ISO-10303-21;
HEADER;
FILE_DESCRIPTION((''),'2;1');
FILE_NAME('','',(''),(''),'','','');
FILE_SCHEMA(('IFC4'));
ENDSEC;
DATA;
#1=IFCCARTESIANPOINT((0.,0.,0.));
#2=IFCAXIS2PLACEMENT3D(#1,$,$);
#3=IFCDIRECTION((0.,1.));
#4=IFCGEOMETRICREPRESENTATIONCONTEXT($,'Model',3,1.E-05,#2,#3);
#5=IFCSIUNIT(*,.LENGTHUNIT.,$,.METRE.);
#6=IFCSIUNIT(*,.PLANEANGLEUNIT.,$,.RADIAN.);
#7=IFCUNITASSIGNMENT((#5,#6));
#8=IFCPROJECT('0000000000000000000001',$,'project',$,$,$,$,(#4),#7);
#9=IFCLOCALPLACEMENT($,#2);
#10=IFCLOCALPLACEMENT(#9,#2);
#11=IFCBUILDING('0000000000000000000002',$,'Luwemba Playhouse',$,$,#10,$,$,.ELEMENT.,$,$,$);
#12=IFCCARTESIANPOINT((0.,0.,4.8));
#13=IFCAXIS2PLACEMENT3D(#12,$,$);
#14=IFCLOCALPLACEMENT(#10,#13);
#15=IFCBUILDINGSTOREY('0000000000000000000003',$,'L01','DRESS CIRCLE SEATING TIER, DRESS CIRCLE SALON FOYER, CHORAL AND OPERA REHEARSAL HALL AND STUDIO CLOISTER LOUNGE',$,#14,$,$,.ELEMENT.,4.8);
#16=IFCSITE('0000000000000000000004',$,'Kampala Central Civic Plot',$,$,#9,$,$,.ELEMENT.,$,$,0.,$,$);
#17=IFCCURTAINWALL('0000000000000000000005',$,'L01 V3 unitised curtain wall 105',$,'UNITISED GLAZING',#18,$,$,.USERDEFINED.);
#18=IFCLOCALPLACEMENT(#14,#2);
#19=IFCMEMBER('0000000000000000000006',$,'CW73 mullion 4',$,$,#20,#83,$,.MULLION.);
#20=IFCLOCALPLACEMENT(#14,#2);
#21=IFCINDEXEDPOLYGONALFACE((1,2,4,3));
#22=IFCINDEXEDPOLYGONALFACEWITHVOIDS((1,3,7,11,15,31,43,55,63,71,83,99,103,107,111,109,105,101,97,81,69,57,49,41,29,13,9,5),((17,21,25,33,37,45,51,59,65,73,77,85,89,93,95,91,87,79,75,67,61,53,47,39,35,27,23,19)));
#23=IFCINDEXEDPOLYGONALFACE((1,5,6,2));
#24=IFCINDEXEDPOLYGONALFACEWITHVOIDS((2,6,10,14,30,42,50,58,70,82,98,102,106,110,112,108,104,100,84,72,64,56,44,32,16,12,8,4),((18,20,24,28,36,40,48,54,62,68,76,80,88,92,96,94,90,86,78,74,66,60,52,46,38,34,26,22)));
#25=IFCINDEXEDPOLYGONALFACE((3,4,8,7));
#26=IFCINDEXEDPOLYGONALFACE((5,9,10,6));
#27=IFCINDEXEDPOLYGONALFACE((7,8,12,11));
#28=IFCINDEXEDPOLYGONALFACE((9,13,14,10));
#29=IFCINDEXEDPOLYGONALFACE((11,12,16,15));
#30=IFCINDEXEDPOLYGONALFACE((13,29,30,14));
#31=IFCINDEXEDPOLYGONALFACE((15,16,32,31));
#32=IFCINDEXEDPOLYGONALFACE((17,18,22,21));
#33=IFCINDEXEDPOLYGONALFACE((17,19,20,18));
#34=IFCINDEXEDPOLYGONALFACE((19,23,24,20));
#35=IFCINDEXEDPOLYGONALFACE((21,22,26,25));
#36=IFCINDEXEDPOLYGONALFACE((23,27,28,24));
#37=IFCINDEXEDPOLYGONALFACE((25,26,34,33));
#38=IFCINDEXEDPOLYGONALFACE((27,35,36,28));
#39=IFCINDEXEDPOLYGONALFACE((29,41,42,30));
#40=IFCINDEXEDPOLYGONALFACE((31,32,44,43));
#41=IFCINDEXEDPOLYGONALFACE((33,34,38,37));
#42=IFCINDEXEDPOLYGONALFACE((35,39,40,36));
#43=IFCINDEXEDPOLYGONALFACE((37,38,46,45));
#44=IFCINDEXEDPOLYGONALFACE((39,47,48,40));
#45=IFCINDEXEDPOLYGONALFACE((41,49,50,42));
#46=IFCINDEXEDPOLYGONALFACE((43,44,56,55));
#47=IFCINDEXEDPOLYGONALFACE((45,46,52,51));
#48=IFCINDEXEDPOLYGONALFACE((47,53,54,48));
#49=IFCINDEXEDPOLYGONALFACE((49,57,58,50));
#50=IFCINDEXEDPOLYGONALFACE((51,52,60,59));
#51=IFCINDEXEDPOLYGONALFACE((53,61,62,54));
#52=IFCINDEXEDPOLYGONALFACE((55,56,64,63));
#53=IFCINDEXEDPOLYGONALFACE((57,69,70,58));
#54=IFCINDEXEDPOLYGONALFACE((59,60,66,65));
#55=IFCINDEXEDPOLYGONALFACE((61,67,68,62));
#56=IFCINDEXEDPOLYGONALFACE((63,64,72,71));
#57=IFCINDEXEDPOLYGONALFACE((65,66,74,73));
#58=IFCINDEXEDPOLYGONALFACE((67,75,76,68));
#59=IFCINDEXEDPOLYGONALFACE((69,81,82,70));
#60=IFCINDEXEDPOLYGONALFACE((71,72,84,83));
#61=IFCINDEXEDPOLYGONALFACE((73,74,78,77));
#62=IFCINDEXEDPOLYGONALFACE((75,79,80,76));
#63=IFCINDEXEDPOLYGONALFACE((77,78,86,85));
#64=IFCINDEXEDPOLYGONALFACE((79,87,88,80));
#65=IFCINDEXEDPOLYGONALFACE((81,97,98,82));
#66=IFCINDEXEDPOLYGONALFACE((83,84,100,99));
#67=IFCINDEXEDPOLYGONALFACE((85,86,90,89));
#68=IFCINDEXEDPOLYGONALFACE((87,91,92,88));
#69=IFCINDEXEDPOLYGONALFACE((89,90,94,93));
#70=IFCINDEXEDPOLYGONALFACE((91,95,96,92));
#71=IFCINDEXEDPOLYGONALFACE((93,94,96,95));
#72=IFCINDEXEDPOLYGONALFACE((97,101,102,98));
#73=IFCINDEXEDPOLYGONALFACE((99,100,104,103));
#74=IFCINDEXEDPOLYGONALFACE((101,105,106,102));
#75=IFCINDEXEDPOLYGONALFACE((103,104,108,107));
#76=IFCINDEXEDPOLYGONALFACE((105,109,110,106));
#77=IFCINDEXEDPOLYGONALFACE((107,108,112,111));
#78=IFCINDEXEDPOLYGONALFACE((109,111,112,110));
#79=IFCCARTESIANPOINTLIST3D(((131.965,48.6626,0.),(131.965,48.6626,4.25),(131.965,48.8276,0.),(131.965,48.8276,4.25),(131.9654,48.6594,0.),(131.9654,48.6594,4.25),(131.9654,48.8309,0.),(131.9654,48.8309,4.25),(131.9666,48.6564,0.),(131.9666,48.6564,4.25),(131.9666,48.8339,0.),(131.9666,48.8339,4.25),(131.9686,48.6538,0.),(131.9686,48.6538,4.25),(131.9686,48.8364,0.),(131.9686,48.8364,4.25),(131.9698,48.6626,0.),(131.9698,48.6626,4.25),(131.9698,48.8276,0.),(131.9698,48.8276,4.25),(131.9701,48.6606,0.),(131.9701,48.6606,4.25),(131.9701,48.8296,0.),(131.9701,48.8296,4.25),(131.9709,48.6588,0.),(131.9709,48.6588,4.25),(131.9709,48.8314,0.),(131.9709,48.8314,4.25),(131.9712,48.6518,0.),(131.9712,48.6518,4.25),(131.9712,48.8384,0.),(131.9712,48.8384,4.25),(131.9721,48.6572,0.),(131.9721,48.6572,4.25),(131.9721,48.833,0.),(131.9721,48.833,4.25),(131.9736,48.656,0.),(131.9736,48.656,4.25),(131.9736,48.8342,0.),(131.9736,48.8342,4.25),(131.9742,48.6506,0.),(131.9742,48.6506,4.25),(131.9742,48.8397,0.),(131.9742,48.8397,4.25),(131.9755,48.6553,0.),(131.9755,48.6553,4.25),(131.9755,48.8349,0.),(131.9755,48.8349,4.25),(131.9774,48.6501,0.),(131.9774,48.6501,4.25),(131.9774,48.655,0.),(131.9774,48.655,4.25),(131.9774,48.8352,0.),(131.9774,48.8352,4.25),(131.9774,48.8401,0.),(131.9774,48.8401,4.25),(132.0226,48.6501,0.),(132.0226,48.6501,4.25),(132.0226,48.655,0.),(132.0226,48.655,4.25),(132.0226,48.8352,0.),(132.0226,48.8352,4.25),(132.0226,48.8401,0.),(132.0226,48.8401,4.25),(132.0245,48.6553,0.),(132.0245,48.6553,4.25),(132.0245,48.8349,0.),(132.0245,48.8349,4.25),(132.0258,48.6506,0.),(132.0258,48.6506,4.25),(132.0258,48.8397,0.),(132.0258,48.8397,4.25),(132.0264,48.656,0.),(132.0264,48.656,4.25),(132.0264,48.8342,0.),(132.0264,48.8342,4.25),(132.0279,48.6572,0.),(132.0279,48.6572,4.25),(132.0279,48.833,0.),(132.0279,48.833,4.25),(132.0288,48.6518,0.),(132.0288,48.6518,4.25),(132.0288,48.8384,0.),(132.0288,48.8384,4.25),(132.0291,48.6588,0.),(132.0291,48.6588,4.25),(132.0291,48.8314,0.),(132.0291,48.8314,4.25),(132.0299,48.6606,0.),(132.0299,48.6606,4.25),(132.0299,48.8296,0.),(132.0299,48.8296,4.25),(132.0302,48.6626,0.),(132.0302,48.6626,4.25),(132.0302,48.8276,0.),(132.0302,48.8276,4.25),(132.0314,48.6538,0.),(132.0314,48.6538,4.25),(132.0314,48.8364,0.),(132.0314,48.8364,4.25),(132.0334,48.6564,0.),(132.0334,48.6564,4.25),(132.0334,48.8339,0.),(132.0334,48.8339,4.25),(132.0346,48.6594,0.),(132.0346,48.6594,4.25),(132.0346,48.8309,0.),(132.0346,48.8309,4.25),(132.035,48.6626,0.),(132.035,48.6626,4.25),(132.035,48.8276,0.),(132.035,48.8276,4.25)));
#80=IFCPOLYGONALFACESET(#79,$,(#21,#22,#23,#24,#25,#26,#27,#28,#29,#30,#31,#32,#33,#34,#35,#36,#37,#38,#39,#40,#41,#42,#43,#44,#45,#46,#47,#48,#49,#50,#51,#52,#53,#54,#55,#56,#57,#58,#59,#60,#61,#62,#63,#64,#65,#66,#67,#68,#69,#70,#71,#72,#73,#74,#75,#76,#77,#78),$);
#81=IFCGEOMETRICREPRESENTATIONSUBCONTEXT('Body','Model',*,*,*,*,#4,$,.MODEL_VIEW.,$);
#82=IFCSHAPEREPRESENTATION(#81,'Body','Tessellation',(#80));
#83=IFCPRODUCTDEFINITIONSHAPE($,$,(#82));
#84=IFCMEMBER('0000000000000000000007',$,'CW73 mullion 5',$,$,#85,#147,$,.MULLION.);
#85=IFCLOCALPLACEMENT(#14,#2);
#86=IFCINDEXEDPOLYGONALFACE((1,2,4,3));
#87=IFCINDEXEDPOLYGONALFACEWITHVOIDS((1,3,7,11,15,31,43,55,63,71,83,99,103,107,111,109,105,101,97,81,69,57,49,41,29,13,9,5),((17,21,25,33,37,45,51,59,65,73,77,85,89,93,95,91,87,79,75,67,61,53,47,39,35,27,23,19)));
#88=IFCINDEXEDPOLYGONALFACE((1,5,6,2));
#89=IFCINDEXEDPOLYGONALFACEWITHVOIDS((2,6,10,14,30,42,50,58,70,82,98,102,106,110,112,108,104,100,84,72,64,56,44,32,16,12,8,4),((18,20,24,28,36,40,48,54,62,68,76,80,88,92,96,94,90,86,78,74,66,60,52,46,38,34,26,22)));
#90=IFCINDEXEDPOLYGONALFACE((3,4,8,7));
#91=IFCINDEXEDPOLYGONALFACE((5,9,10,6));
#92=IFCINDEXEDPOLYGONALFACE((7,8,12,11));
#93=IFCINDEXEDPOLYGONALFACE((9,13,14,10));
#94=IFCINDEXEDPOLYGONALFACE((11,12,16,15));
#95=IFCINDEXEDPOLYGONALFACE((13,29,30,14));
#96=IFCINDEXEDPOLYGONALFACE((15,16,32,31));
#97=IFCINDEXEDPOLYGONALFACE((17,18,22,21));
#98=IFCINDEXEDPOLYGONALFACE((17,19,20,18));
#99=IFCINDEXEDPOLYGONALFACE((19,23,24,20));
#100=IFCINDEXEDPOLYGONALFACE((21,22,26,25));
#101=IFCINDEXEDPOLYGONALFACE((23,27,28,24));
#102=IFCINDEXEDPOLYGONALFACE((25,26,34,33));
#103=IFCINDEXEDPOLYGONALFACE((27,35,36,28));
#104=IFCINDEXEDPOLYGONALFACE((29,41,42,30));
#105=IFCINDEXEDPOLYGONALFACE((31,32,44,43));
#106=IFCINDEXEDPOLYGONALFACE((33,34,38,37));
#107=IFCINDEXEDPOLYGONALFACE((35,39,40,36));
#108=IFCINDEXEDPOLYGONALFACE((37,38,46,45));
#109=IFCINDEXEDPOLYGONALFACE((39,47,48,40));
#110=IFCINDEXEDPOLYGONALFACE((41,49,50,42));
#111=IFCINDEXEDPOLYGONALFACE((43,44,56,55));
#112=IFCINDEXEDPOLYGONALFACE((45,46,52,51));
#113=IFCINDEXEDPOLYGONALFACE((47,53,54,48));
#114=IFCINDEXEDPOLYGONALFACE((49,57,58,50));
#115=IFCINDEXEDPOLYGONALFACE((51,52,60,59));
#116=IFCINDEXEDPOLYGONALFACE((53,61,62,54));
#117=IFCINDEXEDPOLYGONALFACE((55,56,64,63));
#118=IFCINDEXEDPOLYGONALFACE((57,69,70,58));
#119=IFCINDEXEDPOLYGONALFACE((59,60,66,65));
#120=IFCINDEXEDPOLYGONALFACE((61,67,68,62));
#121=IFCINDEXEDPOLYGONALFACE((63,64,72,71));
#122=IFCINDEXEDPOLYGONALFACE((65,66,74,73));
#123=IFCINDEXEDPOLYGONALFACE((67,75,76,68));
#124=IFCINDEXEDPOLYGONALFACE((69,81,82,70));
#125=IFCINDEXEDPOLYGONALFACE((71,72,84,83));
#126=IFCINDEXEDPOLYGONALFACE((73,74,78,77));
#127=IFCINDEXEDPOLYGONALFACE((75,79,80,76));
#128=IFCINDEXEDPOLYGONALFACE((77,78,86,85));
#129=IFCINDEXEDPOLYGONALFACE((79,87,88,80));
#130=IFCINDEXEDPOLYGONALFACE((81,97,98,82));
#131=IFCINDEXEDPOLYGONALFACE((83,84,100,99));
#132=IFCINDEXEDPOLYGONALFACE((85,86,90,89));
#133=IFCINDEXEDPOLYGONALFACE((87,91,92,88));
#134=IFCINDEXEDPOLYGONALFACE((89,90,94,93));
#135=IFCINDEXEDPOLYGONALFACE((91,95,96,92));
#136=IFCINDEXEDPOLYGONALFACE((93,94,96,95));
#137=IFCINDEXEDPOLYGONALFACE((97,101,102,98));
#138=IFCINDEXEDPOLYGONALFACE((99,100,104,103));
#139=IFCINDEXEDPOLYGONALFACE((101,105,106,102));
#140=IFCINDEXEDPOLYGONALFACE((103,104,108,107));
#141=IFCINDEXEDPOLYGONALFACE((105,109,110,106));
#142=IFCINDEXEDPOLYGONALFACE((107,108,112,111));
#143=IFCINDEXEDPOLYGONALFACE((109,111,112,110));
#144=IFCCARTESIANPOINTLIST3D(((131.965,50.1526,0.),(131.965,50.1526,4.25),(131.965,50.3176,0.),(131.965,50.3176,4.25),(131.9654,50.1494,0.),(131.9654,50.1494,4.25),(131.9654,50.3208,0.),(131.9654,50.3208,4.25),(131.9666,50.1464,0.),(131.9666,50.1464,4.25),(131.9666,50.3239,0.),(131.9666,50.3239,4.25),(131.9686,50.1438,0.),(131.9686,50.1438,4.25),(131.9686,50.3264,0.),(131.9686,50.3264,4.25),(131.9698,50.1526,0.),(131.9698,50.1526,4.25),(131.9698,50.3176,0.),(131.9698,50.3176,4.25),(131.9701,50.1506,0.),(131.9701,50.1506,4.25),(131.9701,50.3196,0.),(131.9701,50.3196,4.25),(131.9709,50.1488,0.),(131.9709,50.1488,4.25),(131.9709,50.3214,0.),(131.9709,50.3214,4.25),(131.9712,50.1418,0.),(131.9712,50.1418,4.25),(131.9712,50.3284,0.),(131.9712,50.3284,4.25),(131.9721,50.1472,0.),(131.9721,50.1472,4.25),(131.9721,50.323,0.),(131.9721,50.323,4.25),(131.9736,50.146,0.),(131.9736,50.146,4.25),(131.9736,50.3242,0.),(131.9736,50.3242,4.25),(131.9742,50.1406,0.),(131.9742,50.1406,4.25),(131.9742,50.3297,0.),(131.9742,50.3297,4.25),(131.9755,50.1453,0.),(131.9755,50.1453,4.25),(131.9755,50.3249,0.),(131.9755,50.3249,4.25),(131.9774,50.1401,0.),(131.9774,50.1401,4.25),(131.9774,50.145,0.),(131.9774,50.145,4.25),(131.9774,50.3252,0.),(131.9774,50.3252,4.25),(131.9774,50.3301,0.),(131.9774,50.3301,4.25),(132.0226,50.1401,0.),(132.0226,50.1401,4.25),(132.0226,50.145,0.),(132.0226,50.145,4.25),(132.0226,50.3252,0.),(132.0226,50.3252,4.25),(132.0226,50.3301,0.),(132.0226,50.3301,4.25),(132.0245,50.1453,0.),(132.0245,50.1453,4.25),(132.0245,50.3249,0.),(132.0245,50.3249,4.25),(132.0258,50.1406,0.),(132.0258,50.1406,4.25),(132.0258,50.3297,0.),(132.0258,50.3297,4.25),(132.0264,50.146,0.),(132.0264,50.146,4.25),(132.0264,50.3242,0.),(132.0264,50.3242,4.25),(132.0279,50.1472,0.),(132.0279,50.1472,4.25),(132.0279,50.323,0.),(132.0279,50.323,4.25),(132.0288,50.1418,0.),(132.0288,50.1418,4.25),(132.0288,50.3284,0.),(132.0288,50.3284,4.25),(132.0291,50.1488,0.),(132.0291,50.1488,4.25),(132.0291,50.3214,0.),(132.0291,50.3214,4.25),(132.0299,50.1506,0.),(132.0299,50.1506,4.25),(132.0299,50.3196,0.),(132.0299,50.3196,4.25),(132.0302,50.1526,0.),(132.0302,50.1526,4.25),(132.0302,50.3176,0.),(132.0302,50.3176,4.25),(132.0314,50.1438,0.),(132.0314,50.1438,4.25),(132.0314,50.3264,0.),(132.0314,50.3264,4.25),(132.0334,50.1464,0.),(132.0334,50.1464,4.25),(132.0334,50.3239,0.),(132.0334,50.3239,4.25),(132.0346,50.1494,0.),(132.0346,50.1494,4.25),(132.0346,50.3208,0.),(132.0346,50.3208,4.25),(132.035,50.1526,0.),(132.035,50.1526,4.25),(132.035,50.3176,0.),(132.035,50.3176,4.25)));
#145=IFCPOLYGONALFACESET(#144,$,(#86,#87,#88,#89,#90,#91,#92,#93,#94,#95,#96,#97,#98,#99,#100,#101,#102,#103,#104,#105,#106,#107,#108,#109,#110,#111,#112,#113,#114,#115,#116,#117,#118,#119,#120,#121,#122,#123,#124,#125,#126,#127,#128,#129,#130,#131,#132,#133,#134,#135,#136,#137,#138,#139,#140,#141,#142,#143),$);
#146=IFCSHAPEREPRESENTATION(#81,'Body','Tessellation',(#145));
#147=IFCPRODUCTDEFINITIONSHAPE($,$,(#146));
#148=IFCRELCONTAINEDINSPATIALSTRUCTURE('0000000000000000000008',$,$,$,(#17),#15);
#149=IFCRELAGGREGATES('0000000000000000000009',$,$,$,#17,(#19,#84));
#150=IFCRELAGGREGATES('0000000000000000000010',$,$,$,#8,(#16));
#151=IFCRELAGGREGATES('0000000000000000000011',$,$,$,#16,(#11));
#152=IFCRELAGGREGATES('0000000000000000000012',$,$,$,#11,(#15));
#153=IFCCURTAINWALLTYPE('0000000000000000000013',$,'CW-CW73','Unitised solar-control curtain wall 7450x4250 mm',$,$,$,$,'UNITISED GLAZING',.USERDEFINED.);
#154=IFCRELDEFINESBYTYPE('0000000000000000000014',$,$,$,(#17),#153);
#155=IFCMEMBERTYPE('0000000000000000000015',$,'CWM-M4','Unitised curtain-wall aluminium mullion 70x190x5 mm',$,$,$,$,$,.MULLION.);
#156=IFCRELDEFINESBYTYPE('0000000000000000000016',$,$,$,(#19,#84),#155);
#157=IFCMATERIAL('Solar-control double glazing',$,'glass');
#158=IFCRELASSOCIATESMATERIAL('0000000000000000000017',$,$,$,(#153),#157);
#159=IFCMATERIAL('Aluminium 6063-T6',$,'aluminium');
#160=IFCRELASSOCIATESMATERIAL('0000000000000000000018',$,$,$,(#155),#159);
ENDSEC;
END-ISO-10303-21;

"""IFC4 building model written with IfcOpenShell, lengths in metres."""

from ifc_helpers import new_model, si_unit, direction, frame, origin, origin_2d, place, context, subcontext, project, spatial, hollow_rectangle, extrude, material, material_profile, profile_set, type_object, element, aggregate, save


model = new_model("IFC4")

# Units and contexts
model_context = context("Model", 3, precision=1e-05, world=origin(), true_north=direction((0.0, 1.0)))
body_context = subcontext(model_context, "Body", "Model", "MODEL_VIEW")
ifc_project = project(units=[si_unit("LENGTHUNIT", "METRE"), si_unit("PLANEANGLEUNIT", "RADIAN")], contexts=[model_context])

# Site, building, storey
site_placement = place(None, origin())
site = spatial("IfcSite", under=ifc_project, at=site_placement, Name="Kampala Central Civic Plot", CompositionType="ELEMENT", RefElevation=0.0)
building_placement = place(site_placement, origin())
building = spatial("IfcBuilding", under=site, at=building_placement, Name="Luwemba Playhouse", CompositionType="ELEMENT")
storey_placement = place(building_placement, frame((0.0, 0.0, 4.8)))
storey = spatial("IfcBuildingStorey", under=building, at=storey_placement, Name="L01", Description="DRESS CIRCLE SEATING TIER, DRESS CIRCLE SALON FOYER, CHORAL AND OPERA REHEARSAL HALL AND STUDIO CLOISTER LOUNGE", CompositionType="ELEMENT", Elevation=4.8)

# Curtain wall, members
ifc_material_1 = material(Name="Solar-control double glazing", Category="glass")
curtain_wall_type = type_object("IfcCurtainWallType", Name="CW-CW73", Description="Unitised solar-control curtain wall 7450x4250 mm", ElementType="UNITISED GLAZING", PredefinedType="USERDEFINED", material=ifc_material_1)
curtain_wall_placement = place(storey_placement, origin())
curtain_wall = element("IfcCurtainWall", 1, at=curtain_wall_placement, inside=storey, type_object=curtain_wall_type, Name="L01 V3 unitised curtain wall 105", ObjectType="UNITISED GLAZING", PredefinedType="USERDEFINED")
ifc_material_2 = material(Name="Aluminium 6063-T6", Category="aluminium")
ifc_material_profile_1 = material_profile(ifc_material_2, hollow_rectangle(XDim=0.0701, YDim=0.1899, WallThickness=0.0049, InnerFilletRadius=0.0076, OuterFilletRadius=0.0125, at=origin_2d()))
ifc_profile_set_1 = profile_set([ifc_material_profile_1], Name="Aluminium 6063-T6")
member_type_1 = type_object("IfcMemberType", Name="CWM-M4", Description="Unitised curtain-wall aluminium mullion 70x190x5 mm", PredefinedType="MULLION", material=ifc_profile_set_1)
member_1_placement = place(storey_placement, frame((132.0, 48.7451, 0.0), z_axis=(0.0, 0.0, 1.0), x_axis=(-1.0, 0.0, 0.0)))
member_1 = element("IfcMember", 2, at=member_1_placement, type_object=member_type_1, Name="CW73 mullion 4", PredefinedType="MULLION", context=body_context, shape_type="SweptSolid", body=[
    extrude(hollow_rectangle(XDim=0.0701, YDim=0.1899, WallThickness=0.0049, InnerFilletRadius=0.0076, OuterFilletRadius=0.0125, at=origin_2d()), origin(), (0.0, 0.0, 1.0), 4.25),
])
member_2_placement = place(storey_placement, frame((132.0, 50.2351, 0.0), z_axis=(0.0, 0.0, 1.0), x_axis=(-1.0, 0.0, 0.0)))
member_2 = element("IfcMember", 3, at=member_2_placement, type_object=member_type_1, Name="CW73 mullion 5", PredefinedType="MULLION", context=body_context, shape_type="SweptSolid", body=[
    extrude(hollow_rectangle(XDim=0.0701, YDim=0.1899, WallThickness=0.0049, InnerFilletRadius=0.0076, OuterFilletRadius=0.0125, at=origin_2d()), origin(), (0.0, 0.0, 1.0), 4.25),
])
aggregate(curtain_wall, [member_1, member_2])

save(model, "model.ifc")
